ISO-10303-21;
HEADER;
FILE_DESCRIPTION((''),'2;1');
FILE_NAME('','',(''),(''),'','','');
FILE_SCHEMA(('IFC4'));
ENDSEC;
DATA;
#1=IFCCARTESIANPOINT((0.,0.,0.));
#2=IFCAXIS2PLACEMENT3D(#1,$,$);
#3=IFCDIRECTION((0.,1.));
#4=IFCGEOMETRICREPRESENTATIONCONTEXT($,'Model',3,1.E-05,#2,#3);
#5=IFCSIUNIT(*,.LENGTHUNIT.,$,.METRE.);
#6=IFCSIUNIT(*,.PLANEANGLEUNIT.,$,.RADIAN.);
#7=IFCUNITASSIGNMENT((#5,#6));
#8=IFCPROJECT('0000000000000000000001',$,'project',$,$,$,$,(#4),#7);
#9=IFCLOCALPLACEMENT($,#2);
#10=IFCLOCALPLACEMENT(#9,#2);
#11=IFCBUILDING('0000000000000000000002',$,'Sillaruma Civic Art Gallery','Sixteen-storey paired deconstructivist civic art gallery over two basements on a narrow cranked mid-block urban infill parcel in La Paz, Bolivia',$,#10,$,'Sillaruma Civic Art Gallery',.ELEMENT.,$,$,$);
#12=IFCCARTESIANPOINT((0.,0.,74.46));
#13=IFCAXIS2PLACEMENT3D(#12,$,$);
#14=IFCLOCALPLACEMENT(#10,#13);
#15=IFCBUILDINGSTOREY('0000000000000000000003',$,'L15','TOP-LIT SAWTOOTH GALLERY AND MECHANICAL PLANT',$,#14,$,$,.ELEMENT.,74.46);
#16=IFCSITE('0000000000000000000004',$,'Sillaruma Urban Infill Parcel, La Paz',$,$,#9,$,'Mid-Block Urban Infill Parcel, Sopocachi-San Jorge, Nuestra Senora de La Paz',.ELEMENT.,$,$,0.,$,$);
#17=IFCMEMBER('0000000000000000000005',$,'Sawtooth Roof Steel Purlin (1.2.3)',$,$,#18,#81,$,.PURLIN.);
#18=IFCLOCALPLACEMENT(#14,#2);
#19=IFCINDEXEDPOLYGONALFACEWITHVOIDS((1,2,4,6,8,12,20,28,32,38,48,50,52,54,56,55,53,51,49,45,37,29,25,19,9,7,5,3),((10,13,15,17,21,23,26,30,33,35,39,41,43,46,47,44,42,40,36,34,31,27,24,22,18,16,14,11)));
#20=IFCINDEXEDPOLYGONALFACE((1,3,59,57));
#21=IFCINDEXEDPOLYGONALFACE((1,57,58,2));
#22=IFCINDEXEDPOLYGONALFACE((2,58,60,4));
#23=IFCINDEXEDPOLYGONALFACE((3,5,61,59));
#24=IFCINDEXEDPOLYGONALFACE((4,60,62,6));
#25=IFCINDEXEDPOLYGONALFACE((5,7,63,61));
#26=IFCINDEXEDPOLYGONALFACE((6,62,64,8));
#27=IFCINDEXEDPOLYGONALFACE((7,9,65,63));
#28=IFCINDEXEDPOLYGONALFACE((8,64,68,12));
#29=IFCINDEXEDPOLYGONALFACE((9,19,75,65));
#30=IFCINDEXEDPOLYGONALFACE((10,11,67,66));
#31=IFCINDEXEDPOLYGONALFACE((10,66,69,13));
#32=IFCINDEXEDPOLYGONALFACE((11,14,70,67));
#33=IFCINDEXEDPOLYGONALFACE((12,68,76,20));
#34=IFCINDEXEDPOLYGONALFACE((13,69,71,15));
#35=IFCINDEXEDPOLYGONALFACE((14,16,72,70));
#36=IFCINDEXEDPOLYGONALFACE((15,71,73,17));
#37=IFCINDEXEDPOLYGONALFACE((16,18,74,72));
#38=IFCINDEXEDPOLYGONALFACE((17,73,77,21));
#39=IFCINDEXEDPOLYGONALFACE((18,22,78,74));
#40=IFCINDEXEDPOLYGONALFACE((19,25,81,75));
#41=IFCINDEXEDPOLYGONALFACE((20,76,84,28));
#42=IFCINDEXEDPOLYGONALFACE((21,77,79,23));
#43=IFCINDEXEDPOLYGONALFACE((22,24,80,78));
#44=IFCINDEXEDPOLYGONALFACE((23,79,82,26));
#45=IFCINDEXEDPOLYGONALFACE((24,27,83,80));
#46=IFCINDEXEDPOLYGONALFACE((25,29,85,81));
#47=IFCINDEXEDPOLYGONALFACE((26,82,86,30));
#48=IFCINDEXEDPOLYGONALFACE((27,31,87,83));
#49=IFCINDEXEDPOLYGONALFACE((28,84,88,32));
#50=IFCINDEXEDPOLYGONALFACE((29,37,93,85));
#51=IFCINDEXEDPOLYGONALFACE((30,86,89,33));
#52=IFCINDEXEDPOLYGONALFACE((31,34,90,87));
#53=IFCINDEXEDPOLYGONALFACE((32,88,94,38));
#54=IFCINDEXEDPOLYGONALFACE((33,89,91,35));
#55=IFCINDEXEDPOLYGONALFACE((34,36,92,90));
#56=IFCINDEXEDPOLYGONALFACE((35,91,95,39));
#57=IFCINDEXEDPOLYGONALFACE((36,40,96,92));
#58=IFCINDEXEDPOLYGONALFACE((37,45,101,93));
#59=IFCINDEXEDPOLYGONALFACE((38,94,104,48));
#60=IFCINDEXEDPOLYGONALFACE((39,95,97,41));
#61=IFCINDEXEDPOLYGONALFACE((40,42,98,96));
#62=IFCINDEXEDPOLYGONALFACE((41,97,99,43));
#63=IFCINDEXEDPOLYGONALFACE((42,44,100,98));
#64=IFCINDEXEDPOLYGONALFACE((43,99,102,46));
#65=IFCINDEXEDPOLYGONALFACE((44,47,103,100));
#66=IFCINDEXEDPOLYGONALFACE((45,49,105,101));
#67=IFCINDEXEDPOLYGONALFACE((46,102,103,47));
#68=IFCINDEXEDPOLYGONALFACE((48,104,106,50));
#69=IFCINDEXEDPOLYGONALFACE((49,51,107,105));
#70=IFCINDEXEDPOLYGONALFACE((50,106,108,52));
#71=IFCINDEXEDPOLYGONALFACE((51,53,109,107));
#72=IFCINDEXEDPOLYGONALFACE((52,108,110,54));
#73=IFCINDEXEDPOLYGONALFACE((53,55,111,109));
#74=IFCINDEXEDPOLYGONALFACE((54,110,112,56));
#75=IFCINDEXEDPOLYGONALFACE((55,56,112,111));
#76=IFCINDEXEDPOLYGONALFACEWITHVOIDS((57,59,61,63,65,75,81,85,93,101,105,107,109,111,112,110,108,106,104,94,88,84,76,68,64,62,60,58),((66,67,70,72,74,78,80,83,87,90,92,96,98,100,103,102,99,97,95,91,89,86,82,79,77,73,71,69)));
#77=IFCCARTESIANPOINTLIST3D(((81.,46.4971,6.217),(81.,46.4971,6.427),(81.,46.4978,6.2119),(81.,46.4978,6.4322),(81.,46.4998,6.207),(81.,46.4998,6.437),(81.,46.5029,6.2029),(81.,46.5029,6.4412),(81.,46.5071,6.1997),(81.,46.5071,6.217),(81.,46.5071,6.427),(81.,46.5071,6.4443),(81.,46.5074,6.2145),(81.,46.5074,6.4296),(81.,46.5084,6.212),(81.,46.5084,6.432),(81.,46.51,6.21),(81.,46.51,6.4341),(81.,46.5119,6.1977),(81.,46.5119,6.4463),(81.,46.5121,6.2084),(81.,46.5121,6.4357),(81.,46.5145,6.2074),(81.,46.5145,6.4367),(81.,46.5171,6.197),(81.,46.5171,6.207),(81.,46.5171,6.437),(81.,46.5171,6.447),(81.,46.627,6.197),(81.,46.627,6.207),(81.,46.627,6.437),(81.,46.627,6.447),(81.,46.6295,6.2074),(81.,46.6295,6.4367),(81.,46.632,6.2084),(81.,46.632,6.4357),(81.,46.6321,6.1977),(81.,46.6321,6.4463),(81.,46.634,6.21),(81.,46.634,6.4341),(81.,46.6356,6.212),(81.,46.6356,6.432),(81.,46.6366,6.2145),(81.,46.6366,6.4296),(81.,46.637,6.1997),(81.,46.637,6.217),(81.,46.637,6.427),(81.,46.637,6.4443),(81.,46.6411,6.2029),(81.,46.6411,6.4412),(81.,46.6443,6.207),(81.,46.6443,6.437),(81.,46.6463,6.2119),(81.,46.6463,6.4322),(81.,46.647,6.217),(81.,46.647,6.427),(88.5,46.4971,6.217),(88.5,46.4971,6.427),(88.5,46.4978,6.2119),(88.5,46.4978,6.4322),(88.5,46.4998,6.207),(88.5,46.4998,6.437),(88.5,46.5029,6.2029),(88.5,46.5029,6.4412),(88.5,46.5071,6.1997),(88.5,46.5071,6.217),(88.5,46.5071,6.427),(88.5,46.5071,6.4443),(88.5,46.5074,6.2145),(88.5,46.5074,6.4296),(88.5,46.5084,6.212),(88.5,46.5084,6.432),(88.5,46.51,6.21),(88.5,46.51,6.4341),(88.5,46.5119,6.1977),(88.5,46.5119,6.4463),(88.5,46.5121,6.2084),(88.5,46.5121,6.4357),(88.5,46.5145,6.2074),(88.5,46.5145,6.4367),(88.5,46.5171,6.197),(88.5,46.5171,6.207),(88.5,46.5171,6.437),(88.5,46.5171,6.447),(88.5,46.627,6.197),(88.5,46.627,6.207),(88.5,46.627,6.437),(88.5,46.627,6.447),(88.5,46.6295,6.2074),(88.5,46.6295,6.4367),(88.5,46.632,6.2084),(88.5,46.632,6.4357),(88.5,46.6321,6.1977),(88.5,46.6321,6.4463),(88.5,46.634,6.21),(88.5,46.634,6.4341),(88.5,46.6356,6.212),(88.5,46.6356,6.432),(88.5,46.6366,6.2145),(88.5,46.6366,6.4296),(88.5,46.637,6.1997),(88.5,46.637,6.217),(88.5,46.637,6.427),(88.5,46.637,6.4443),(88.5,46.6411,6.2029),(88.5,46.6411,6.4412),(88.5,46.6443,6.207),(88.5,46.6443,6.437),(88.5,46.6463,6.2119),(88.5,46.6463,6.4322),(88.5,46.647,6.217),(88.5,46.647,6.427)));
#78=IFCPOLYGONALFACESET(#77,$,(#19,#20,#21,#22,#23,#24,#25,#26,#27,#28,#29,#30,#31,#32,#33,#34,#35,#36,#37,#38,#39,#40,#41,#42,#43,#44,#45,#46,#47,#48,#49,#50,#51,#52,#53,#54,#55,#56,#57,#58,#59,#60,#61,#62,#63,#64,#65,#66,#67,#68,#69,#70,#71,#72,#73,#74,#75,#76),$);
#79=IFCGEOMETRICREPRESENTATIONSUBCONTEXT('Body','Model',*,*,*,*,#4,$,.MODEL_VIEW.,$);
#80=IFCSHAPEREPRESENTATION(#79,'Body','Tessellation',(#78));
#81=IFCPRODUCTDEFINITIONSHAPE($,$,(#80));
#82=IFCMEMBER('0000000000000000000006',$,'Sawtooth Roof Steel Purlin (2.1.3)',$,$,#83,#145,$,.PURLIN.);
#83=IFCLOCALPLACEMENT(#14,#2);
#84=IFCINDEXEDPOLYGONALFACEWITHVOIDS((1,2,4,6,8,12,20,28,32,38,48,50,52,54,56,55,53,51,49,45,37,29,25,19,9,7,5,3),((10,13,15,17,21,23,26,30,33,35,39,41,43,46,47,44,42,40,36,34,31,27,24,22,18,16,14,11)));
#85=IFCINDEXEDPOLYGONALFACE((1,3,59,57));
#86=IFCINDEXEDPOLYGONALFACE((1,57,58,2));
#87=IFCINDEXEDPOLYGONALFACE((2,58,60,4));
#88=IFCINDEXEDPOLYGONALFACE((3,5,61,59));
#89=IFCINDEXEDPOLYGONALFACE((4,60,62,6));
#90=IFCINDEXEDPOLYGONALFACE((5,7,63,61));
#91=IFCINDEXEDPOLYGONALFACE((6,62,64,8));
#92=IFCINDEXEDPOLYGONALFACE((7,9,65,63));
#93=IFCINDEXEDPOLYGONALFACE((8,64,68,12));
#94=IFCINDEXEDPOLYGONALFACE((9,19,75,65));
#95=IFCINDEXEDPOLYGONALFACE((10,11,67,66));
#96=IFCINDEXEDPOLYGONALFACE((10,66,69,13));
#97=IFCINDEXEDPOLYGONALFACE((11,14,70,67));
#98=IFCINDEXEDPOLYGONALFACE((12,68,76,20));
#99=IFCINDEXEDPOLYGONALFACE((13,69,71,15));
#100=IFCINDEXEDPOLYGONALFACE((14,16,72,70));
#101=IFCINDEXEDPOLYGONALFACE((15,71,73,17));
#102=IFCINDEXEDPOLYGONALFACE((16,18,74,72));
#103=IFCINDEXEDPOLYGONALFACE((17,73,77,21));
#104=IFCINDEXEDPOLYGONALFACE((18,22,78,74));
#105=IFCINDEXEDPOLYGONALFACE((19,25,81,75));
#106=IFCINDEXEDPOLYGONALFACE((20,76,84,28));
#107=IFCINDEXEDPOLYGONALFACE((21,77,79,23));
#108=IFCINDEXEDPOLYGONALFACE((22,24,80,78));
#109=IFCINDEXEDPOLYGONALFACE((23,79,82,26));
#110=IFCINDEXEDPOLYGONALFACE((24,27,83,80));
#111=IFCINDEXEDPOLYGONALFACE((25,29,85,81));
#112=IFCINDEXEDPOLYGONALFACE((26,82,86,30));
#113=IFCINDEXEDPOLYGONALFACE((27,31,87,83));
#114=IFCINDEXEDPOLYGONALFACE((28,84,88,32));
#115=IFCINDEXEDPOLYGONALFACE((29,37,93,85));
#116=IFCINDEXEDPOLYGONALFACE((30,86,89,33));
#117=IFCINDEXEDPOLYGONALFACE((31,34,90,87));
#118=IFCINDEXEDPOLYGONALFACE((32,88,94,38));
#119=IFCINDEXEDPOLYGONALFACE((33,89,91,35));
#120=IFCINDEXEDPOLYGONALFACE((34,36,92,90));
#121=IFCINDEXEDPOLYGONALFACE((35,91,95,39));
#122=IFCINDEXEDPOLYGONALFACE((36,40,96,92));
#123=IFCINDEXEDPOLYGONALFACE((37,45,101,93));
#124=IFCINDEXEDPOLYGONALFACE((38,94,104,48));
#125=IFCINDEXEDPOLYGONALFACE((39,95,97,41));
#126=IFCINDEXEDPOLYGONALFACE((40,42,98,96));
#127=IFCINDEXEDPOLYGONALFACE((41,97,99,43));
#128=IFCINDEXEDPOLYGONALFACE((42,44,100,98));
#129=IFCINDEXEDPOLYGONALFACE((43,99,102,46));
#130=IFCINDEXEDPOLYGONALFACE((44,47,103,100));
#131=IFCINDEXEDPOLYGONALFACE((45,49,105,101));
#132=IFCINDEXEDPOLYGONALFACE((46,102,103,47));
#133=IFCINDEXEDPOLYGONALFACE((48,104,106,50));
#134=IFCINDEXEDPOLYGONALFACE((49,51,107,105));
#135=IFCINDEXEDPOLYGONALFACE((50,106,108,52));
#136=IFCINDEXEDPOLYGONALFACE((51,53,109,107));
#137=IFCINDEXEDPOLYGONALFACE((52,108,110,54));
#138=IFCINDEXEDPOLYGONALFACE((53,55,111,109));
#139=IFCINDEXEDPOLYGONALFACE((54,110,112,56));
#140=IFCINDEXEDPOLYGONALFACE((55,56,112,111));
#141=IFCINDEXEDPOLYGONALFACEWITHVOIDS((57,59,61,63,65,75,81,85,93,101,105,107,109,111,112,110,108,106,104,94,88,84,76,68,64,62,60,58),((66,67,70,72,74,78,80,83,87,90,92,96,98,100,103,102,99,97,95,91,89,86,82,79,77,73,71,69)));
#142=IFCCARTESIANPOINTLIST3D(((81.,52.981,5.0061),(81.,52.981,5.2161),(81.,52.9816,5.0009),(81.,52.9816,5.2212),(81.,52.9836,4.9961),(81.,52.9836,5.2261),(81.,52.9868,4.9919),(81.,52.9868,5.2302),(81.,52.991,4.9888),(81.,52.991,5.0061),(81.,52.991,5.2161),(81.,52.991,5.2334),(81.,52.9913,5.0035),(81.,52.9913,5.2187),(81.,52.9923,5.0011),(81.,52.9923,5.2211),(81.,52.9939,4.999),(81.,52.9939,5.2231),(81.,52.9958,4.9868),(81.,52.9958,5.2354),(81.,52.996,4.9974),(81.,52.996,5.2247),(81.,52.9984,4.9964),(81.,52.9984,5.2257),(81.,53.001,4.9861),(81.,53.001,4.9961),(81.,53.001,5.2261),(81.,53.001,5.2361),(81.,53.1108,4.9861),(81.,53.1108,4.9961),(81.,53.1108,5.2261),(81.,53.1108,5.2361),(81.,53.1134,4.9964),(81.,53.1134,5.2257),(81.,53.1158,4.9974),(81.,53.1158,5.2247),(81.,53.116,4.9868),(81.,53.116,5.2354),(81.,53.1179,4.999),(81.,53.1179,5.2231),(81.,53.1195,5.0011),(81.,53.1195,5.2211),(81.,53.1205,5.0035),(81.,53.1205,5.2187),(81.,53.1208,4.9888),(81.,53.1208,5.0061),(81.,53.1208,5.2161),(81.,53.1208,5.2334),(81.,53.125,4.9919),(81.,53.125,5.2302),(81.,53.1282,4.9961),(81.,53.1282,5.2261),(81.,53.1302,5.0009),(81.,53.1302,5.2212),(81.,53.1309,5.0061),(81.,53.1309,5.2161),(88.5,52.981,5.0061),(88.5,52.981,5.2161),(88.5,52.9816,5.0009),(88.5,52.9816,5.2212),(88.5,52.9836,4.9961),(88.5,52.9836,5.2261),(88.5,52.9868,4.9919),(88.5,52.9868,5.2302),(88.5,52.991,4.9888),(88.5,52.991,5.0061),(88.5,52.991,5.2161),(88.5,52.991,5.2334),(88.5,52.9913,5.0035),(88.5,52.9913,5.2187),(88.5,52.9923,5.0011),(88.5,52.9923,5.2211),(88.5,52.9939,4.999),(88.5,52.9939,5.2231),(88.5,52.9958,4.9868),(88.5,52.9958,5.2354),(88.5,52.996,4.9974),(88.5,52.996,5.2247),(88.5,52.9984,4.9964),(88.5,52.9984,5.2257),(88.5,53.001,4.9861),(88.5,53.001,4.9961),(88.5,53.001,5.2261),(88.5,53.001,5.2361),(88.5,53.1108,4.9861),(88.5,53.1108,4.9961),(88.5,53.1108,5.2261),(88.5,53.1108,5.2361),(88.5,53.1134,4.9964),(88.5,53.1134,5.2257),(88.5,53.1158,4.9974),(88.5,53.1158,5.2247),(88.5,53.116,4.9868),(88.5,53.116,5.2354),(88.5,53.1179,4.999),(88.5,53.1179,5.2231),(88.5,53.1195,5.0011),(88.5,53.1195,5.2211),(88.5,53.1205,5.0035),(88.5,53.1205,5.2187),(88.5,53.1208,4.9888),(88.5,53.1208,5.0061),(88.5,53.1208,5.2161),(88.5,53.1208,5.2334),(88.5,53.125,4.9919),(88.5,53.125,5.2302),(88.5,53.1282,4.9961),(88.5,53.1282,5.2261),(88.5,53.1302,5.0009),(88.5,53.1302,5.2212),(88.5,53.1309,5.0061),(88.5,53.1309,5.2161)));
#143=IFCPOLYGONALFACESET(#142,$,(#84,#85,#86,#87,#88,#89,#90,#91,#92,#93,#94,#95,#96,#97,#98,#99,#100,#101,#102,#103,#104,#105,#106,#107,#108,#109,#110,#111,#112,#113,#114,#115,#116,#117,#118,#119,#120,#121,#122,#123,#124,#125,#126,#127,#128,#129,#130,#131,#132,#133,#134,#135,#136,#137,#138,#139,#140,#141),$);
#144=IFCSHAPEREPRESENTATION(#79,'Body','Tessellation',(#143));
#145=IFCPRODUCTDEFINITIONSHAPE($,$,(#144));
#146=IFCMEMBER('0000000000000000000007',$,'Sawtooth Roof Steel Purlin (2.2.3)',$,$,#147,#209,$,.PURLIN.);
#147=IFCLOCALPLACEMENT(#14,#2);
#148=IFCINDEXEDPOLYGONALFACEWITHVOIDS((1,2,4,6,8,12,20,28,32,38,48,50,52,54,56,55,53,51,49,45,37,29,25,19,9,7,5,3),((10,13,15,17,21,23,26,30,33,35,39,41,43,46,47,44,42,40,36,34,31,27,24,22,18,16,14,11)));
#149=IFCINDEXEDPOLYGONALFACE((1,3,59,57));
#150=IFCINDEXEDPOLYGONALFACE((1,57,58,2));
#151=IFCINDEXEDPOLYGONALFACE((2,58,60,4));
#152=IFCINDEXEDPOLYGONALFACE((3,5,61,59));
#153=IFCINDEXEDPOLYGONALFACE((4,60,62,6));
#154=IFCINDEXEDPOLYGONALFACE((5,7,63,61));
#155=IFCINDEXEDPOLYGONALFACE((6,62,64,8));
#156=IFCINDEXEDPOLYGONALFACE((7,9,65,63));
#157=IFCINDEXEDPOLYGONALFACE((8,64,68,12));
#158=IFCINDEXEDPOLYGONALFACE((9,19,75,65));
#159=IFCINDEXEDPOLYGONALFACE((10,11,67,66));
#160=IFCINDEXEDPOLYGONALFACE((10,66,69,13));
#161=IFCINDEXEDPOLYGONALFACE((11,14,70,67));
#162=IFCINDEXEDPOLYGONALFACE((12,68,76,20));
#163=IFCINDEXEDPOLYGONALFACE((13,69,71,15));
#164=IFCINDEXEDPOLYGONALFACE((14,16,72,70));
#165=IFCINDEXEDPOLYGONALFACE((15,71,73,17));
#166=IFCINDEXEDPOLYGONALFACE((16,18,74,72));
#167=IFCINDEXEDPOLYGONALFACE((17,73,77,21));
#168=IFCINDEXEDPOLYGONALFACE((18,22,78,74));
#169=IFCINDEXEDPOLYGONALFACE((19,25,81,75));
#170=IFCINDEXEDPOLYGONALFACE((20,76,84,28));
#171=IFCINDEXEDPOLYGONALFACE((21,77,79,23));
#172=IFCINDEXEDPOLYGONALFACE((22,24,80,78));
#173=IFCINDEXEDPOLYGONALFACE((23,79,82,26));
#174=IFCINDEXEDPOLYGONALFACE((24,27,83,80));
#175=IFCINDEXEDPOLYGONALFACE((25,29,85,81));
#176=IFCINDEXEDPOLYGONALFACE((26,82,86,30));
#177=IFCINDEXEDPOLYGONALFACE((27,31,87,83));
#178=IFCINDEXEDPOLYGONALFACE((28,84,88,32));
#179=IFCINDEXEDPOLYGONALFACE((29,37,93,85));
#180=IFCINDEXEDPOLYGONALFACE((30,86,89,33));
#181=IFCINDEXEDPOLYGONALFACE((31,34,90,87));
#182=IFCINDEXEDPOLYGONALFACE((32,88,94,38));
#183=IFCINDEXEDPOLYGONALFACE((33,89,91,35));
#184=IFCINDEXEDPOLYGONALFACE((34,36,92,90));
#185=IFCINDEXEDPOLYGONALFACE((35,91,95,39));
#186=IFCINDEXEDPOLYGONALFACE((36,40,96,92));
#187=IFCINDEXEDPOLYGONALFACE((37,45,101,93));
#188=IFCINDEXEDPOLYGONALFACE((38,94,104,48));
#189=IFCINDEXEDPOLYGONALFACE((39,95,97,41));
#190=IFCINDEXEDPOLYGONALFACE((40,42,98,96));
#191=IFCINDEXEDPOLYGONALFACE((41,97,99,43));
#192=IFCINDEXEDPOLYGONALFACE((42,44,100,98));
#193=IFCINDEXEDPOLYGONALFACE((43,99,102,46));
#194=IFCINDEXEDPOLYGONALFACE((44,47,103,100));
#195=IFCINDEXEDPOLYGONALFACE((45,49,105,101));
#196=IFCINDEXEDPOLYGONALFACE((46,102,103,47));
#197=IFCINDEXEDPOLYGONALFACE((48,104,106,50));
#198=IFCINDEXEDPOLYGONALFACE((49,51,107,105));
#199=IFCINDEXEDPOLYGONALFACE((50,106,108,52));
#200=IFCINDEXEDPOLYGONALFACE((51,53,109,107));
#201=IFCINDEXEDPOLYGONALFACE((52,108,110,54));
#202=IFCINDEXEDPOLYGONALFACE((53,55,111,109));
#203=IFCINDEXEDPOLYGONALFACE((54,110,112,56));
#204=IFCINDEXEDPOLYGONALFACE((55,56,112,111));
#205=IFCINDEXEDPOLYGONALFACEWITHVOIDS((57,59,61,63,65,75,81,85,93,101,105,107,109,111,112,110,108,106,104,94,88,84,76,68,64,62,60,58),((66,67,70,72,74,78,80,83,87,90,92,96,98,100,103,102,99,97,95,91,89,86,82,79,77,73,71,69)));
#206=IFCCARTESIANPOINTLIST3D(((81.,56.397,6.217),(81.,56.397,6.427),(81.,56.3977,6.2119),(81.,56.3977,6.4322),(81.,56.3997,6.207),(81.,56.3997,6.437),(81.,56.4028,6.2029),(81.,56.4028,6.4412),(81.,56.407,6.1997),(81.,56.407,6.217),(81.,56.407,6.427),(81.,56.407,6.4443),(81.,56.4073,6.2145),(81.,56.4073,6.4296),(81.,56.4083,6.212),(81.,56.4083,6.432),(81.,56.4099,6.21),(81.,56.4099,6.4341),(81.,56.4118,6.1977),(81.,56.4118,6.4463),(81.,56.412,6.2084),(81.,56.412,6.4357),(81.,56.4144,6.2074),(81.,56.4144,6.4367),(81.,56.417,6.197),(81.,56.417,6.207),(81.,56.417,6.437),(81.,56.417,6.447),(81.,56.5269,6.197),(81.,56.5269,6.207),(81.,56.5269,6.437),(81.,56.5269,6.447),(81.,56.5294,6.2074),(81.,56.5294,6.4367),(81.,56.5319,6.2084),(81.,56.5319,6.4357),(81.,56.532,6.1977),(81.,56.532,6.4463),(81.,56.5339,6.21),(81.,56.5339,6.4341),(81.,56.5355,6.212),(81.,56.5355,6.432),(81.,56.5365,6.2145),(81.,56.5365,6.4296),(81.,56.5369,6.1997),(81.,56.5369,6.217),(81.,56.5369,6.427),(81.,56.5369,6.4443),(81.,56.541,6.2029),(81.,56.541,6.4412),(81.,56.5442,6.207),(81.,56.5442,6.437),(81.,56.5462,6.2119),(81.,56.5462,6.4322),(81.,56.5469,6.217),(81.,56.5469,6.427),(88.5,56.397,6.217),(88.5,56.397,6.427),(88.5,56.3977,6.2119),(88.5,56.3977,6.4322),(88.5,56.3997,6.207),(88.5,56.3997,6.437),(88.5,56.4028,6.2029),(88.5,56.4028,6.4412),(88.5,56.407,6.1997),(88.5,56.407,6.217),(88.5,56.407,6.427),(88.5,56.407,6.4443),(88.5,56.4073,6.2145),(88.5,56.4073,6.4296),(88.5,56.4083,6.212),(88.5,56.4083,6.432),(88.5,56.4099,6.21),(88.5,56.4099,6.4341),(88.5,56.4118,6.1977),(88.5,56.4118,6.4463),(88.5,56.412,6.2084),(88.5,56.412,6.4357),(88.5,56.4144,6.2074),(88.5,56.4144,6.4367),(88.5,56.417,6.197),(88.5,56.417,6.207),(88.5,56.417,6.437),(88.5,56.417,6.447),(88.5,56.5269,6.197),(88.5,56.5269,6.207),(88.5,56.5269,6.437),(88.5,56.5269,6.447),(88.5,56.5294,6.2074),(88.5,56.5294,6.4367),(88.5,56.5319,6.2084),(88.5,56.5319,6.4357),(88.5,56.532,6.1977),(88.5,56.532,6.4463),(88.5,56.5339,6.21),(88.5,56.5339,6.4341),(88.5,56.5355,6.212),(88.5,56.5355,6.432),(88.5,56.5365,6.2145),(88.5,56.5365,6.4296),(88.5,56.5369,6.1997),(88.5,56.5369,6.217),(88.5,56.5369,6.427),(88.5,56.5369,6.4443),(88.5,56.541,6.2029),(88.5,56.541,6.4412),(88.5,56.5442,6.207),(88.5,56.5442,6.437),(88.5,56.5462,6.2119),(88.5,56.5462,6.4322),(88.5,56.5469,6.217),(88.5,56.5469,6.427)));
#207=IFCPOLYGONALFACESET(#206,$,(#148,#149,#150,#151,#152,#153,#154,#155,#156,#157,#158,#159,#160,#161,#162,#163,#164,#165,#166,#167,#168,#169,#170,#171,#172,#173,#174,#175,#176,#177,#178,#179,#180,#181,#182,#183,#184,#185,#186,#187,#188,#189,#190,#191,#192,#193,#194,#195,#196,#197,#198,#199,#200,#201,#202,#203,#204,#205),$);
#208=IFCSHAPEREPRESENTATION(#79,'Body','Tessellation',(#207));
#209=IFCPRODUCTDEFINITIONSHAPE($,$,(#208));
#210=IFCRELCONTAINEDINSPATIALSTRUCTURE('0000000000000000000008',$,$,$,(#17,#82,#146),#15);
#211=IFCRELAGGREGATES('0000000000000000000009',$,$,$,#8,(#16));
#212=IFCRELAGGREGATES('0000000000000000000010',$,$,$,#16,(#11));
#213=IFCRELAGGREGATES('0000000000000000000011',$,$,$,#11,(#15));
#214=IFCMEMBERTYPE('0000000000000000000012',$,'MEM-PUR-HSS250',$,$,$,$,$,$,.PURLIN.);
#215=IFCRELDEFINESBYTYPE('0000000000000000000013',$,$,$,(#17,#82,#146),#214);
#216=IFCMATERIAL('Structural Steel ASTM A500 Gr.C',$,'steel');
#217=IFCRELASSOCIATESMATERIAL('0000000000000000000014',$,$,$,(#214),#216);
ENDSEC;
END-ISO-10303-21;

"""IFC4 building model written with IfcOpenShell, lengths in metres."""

from ifc_helpers import new_model, si_unit, direction, frame, origin, origin_2d, place, context, subcontext, project, spatial, hollow_rectangle, extrude, material, material_profile, profile_set, type_object, element, save


model = new_model("IFC4")

# Units and contexts
model_context = context("Model", 3, precision=1e-05, world=origin(), true_north=direction((0.0, 1.0)))
body_context = subcontext(model_context, "Body", "Model", "MODEL_VIEW")
ifc_project = project(units=[si_unit("LENGTHUNIT", "METRE"), si_unit("PLANEANGLEUNIT", "RADIAN")], contexts=[model_context])

# Site, building, storey
site_placement = place(None, origin())
site = spatial("IfcSite", under=ifc_project, at=site_placement, Name="Sillaruma Urban Infill Parcel, La Paz", LongName="Mid-Block Urban Infill Parcel, Sopocachi-San Jorge, Nuestra Senora de La Paz", CompositionType="ELEMENT", RefElevation=0.0)
building_placement = place(site_placement, origin())
building = spatial("IfcBuilding", under=site, at=building_placement, Name="Sillaruma Civic Art Gallery", Description="Sixteen-storey paired deconstructivist civic art gallery over two basements on a narrow cranked mid-block urban infill parcel in La Paz, Bolivia", LongName="Sillaruma Civic Art Gallery", CompositionType="ELEMENT")
storey_placement = place(building_placement, frame((0.0, 0.0, 74.46)))
storey = spatial("IfcBuildingStorey", under=building, at=storey_placement, Name="L15", Description="TOP-LIT SAWTOOTH GALLERY AND MECHANICAL PLANT", CompositionType="ELEMENT", Elevation=74.46)

# Members
ifc_material_1 = material(Name="Structural Steel ASTM A500 Gr.C", Category="steel")
ifc_material_profile_1 = material_profile(ifc_material_1, hollow_rectangle(XDim=0.1499, YDim=0.25, WallThickness=0.01, InnerFilletRadius=0.01, OuterFilletRadius=0.02, at=origin_2d()), Name="HSS250x150x10")
ifc_profile_set_1 = profile_set([ifc_material_profile_1], Name="Structural Steel ASTM A500 Gr.C")
member_type_1 = type_object("IfcMemberType", Name="MEM-PUR-HSS250", PredefinedType="PURLIN", material=ifc_profile_set_1)
for number, where, z_axis, x_axis, name in (
    (1, (81.0, 46.572, 6.322), (1.0, 0.0, 0.0), (0.0, 1.0, 0.0), "Sawtooth Roof Steel Purlin (1.2.3)"),
    (2, (81.0, 53.0559, 5.1111), (1.0, 0.0, 0.0), (0.0, 1.0, 0.0), "Sawtooth Roof Steel Purlin (2.1.3)"),
    (3, (81.0, 56.4719, 6.322), (1.0, 0.0, 0.0), (0.0, 1.0, 0.0), "Sawtooth Roof Steel Purlin (2.2.3)"),
):
    element("IfcMember", number, at=place(storey_placement, frame(where, z_axis=z_axis, x_axis=x_axis)), inside=storey, type_object=member_type_1, Name=name, PredefinedType="PURLIN", context=body_context, shape_type="SweptSolid", body=[
        extrude(hollow_rectangle(XDim=0.1499, YDim=0.25, WallThickness=0.01, InnerFilletRadius=0.01, OuterFilletRadius=0.02, at=origin_2d()), origin(), (0.0, 0.0, 1.0), 7.5),
    ])

save(model, "model.ifc")
